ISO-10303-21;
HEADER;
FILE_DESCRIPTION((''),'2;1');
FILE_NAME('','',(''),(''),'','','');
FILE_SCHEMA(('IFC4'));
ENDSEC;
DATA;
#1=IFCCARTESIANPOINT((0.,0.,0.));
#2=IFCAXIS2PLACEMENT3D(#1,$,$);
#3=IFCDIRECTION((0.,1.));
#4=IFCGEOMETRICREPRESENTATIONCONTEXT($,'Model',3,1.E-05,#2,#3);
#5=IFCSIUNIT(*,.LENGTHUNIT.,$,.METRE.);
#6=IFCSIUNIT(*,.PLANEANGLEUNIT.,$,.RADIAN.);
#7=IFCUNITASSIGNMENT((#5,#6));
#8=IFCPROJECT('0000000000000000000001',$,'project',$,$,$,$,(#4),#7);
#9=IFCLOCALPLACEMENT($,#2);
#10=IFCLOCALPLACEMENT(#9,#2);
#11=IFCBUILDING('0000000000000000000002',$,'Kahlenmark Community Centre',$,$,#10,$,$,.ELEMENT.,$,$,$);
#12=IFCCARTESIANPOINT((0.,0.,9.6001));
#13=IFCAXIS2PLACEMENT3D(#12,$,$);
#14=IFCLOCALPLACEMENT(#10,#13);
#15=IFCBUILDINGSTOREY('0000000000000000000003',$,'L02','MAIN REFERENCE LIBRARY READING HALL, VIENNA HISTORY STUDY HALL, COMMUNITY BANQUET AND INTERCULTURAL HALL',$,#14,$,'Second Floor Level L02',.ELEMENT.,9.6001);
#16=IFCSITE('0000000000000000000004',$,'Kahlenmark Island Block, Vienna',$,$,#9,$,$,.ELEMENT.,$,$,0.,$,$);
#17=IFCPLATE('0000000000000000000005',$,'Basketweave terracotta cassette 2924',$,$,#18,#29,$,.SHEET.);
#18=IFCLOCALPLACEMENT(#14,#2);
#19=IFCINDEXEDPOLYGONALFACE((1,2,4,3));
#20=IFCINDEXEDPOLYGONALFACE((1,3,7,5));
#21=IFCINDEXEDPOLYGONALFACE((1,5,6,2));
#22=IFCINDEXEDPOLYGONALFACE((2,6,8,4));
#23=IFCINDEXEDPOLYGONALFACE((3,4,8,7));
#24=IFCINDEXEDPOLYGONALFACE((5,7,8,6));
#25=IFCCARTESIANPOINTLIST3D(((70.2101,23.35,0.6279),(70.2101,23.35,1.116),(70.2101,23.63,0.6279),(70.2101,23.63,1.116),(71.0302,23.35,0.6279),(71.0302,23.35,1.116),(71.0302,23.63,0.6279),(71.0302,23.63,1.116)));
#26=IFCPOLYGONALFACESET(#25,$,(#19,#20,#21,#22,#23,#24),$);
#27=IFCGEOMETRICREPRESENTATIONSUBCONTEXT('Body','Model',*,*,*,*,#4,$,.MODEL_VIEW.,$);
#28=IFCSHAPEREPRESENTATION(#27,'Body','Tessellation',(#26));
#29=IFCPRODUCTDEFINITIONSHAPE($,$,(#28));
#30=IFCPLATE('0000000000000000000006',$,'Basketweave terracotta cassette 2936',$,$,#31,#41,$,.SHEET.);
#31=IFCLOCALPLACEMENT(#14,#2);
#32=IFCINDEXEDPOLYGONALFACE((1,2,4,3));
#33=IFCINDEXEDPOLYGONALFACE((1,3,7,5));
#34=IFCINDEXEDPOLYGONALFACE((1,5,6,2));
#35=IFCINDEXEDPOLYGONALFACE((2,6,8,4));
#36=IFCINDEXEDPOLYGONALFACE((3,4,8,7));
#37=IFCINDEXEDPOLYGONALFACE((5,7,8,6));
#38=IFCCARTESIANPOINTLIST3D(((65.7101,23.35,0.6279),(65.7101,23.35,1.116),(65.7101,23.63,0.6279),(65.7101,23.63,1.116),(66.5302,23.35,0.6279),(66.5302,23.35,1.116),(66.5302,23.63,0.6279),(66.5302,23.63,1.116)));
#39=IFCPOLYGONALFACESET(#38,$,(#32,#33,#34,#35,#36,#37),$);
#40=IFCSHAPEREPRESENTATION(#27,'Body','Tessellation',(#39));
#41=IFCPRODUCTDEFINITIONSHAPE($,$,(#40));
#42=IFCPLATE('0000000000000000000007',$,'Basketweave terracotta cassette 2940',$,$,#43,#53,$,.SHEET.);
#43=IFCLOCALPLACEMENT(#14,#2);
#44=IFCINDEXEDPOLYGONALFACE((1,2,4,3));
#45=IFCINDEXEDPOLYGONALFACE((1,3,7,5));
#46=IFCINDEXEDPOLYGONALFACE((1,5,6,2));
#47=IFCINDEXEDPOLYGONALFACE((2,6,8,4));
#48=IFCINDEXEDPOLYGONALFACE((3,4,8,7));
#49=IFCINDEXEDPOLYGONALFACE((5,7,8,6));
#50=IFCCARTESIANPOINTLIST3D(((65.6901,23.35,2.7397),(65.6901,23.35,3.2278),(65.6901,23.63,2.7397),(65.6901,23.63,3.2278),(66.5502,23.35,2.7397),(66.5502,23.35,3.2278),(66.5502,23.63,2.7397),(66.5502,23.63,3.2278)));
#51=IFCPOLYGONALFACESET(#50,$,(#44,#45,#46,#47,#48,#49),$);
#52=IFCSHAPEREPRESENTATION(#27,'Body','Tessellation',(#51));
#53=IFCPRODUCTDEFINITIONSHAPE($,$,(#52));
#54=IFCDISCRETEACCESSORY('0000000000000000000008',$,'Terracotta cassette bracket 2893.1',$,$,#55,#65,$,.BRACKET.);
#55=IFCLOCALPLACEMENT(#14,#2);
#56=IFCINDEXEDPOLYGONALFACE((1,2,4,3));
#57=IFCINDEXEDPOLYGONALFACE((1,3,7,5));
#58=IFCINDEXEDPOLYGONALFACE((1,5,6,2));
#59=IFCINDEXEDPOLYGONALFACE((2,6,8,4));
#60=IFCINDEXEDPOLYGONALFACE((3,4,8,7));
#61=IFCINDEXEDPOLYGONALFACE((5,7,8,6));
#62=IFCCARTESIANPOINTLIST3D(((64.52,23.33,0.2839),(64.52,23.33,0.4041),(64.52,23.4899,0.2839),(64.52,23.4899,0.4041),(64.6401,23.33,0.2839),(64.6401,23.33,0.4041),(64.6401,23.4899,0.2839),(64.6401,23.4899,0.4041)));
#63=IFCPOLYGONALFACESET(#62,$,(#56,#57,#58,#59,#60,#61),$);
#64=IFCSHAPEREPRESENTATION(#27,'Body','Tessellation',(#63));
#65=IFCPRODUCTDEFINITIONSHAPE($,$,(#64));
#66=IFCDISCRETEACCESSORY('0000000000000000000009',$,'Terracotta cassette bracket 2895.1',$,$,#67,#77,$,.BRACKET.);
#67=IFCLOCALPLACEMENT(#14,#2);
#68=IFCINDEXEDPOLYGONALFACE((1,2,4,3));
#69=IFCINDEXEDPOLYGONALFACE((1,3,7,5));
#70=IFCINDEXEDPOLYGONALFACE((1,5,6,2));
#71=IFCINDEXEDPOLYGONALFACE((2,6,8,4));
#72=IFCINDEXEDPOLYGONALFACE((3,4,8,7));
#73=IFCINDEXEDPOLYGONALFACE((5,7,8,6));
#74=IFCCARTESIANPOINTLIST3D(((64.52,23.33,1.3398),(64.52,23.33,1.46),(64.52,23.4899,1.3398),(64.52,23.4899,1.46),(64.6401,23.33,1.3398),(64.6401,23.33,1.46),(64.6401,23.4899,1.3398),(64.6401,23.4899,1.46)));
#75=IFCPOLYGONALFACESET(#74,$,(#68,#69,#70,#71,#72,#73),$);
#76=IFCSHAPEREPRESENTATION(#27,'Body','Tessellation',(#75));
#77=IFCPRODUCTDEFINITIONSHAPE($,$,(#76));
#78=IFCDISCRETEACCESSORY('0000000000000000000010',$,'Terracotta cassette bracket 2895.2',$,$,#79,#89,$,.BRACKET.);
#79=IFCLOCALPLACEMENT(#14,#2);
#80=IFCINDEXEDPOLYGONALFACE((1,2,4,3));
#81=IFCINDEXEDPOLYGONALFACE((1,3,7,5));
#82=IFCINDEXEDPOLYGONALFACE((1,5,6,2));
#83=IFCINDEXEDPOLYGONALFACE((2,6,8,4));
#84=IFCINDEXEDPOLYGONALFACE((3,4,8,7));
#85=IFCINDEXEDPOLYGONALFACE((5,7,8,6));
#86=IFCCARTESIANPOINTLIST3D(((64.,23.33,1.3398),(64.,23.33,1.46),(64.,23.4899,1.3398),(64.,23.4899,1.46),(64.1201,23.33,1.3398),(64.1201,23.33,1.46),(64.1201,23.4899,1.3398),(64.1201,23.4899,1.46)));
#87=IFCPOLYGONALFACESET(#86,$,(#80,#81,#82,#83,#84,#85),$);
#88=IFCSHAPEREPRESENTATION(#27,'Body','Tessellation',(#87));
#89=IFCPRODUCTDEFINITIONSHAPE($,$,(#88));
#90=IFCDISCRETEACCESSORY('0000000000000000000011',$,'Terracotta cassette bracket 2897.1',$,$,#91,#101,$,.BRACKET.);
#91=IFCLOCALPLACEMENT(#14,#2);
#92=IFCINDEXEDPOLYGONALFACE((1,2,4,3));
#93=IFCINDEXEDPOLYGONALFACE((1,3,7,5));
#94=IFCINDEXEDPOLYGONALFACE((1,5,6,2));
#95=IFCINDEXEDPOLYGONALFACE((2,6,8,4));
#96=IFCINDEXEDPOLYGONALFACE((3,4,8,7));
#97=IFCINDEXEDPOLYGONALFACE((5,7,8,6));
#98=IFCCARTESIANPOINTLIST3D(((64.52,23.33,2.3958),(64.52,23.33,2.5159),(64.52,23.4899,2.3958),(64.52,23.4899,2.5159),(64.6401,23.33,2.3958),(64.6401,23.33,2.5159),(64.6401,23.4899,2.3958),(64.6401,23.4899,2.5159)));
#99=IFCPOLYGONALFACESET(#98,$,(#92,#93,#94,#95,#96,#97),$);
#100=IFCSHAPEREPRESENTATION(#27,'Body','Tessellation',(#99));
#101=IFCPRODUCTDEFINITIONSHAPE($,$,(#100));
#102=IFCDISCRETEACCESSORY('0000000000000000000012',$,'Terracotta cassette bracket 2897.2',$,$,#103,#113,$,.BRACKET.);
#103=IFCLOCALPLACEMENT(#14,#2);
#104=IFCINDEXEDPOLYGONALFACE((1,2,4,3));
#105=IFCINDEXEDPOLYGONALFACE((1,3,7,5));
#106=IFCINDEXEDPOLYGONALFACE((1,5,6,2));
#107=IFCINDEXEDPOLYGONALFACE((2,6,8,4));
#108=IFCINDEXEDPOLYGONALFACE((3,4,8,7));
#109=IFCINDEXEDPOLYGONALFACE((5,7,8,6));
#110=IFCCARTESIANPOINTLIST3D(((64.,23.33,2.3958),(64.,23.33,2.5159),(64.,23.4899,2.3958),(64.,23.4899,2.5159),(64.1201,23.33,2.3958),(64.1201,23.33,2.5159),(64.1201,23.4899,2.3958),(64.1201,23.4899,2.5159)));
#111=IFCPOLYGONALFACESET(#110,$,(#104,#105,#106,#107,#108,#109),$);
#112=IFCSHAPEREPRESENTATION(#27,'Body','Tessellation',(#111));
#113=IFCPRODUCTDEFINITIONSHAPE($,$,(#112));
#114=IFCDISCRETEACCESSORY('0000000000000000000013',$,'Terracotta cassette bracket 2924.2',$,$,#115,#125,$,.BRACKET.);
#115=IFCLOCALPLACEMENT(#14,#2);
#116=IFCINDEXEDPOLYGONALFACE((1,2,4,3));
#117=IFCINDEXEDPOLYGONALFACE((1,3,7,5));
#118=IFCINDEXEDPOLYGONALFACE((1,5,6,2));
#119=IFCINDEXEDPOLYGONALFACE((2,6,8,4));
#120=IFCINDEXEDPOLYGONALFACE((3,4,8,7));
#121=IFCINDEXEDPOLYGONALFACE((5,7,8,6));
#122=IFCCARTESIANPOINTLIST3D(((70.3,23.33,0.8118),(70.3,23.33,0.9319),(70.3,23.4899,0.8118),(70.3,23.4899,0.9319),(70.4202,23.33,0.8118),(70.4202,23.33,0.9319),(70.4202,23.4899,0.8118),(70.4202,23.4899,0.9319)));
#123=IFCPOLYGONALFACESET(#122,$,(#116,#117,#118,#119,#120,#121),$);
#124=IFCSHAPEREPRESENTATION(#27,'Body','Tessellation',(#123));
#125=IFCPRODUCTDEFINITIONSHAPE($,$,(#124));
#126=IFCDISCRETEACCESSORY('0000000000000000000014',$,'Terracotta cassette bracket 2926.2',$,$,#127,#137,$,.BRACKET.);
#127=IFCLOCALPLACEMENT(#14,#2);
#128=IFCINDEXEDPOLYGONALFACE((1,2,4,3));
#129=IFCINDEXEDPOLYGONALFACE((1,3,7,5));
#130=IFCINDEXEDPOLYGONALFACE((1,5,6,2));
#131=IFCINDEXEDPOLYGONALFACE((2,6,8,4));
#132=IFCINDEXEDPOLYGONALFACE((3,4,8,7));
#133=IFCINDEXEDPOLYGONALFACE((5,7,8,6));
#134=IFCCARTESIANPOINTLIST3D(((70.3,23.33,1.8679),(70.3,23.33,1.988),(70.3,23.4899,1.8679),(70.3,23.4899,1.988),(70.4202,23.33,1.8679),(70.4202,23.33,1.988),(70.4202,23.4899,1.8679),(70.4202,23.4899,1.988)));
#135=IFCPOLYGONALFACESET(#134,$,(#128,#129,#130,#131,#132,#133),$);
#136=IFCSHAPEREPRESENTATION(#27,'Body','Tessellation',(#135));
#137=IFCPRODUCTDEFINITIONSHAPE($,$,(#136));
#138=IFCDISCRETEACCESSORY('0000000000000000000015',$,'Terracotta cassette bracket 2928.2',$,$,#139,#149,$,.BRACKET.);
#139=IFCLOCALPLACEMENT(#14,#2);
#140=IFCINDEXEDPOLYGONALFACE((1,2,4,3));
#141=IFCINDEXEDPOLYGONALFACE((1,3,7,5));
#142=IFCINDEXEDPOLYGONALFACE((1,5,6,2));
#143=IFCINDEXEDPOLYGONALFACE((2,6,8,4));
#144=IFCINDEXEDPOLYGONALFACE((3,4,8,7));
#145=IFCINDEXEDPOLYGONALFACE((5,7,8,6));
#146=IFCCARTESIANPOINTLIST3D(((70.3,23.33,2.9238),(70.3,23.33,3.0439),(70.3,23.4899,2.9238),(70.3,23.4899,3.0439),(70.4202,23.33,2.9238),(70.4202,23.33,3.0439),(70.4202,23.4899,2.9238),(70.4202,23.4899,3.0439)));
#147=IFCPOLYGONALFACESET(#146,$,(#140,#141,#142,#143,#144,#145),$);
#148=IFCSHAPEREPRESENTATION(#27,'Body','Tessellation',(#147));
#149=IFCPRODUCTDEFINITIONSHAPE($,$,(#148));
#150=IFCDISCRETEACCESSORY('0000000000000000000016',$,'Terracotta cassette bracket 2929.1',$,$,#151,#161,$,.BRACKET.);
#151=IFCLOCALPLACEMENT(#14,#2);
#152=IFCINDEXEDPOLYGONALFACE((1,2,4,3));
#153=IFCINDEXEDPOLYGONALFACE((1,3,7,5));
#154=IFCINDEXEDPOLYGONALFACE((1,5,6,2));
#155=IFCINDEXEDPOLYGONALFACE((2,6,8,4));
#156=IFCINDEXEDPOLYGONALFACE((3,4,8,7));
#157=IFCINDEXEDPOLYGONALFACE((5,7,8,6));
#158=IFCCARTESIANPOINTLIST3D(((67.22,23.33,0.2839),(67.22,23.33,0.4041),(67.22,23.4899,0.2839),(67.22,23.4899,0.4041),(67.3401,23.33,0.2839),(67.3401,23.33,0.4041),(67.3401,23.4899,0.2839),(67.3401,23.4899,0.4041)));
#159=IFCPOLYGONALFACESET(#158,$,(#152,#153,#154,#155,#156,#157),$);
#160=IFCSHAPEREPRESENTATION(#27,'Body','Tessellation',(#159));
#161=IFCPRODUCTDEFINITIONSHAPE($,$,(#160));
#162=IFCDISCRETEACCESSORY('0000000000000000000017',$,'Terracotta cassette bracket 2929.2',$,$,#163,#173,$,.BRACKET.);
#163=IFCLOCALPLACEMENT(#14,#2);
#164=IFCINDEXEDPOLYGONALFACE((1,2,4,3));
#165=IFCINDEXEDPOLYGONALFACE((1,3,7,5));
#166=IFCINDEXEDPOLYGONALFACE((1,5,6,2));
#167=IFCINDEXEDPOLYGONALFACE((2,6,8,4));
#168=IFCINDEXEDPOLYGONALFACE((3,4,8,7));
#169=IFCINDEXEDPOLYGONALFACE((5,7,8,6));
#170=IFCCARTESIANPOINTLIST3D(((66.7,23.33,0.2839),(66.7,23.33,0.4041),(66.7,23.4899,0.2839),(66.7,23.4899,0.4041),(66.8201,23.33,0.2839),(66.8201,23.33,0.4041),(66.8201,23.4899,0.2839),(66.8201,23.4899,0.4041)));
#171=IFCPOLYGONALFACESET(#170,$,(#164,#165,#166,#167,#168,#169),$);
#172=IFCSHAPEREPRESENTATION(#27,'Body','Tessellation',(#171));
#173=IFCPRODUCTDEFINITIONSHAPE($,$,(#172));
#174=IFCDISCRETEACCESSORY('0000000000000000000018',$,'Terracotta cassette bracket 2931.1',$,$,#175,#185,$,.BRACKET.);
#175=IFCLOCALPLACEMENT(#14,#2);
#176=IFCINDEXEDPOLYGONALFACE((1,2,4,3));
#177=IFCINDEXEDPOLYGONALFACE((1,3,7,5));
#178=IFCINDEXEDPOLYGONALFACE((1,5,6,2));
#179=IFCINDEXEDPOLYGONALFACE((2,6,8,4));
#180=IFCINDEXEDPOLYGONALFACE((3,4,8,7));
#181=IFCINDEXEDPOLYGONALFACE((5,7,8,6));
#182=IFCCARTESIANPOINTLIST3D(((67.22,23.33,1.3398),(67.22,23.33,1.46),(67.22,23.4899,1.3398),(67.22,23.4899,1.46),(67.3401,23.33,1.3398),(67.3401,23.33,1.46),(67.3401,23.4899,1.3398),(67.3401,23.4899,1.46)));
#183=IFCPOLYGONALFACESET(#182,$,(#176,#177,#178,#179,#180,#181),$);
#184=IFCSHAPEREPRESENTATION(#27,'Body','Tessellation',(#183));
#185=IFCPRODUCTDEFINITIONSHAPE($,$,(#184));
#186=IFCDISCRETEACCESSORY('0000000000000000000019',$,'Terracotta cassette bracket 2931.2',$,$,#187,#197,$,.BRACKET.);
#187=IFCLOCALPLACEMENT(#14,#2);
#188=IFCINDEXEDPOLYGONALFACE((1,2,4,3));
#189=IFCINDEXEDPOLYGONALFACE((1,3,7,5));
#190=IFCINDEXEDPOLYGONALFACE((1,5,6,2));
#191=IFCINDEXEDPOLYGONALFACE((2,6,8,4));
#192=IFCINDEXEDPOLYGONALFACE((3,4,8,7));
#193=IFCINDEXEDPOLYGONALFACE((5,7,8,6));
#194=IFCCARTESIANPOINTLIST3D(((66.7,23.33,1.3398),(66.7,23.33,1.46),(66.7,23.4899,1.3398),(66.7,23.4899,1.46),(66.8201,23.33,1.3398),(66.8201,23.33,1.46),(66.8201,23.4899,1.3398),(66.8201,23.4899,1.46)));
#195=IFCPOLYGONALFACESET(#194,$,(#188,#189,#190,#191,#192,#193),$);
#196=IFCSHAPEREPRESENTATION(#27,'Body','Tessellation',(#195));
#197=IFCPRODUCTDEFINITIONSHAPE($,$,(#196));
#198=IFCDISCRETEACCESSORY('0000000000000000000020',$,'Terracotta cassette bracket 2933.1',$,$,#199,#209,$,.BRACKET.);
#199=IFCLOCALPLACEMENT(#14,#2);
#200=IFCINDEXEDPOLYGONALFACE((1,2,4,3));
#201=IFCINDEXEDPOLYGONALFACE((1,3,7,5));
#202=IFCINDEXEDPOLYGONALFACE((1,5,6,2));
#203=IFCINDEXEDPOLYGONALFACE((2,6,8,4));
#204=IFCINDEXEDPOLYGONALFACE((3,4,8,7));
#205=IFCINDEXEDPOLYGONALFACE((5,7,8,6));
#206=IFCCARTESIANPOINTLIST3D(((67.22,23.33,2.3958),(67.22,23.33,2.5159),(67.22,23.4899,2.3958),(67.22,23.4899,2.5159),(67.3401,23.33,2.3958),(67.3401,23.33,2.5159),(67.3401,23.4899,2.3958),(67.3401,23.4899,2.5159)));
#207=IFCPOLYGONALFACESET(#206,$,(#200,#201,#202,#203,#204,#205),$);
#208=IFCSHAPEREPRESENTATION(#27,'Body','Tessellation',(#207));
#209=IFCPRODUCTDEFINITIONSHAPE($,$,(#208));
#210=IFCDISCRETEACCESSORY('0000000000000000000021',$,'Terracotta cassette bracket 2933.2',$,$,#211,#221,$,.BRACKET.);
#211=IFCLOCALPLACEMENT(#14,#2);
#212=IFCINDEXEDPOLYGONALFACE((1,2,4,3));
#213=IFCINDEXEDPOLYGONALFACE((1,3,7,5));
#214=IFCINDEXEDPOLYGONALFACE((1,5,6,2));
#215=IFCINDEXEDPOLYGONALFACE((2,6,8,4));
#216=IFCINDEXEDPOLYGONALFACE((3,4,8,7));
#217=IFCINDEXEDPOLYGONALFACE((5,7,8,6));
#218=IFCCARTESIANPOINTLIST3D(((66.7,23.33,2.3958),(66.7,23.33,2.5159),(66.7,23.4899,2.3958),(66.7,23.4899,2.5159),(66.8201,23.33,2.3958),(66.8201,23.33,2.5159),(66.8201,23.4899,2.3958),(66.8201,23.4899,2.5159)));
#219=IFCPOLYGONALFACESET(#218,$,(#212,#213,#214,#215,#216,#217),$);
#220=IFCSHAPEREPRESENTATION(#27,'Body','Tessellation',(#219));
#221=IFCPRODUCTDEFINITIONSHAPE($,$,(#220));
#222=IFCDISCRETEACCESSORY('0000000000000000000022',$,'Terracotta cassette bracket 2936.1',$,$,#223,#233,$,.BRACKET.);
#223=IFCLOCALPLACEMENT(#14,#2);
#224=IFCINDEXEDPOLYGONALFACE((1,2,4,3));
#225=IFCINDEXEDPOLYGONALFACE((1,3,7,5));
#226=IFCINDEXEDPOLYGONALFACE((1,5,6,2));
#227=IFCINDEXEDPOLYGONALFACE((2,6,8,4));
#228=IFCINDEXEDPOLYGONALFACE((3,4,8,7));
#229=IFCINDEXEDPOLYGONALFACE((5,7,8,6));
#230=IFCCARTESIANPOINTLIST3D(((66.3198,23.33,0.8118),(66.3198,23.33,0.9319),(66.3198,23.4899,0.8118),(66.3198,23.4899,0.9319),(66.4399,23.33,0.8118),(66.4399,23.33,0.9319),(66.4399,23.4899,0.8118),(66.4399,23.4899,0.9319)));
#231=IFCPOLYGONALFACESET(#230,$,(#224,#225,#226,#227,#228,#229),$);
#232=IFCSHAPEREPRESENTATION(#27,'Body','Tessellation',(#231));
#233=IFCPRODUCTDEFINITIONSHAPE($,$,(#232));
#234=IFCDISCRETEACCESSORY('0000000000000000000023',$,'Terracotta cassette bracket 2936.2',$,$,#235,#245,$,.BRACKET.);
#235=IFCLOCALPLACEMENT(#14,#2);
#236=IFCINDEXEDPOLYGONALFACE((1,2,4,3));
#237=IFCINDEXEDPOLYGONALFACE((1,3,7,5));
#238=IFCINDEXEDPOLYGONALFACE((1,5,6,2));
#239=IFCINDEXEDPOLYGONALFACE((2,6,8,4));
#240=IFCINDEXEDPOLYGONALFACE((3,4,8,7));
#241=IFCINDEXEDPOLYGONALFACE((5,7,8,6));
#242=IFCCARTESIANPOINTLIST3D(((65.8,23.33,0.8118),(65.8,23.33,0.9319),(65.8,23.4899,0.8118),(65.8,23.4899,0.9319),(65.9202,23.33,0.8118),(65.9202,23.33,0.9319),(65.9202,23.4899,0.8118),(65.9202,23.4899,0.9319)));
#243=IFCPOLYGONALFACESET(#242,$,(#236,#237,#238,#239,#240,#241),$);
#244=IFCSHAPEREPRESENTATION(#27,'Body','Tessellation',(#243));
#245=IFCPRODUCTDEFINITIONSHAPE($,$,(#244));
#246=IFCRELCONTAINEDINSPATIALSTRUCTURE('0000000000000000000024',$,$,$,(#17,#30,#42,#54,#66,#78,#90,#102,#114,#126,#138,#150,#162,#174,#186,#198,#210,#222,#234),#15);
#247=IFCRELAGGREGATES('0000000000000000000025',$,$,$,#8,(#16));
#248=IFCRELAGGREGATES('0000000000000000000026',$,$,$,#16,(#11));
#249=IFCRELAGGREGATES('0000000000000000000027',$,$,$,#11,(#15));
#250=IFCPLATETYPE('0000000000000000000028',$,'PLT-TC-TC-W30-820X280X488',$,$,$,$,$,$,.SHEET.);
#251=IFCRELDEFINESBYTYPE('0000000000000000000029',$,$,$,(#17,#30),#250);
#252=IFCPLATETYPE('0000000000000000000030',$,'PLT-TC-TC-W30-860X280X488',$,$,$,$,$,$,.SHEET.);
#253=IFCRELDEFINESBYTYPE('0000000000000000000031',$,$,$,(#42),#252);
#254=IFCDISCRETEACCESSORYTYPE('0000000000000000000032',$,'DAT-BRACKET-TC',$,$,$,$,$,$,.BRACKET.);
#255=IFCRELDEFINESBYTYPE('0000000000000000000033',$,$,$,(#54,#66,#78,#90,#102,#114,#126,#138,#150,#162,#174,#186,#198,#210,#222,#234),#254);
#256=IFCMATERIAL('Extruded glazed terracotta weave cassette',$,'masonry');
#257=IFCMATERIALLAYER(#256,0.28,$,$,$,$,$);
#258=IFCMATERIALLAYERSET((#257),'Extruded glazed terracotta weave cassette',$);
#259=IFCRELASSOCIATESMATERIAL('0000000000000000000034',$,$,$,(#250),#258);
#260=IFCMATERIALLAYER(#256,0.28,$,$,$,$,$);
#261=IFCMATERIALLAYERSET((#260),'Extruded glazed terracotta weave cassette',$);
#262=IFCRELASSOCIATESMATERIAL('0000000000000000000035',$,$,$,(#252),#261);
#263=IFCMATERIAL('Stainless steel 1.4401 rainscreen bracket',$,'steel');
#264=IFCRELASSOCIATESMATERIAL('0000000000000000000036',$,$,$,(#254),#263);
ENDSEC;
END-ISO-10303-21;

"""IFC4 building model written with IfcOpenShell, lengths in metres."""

from ifc_helpers import new_model, si_unit, direction, frame, origin, origin_2d, place, context, subcontext, project, spatial, rectangle, extrude, material, layer, layer_set, type_object, element, save


model = new_model("IFC4")

# Units and contexts
model_context = context("Model", 3, precision=1e-05, world=origin(), true_north=direction((0.0, 1.0)))
body_context = subcontext(model_context, "Body", "Model", "MODEL_VIEW")
ifc_project = project(units=[si_unit("LENGTHUNIT", "METRE"), si_unit("PLANEANGLEUNIT", "RADIAN")], contexts=[model_context])

# Site, building, storey
site_placement = place(None, origin())
site = spatial("IfcSite", under=ifc_project, at=site_placement, Name="Kahlenmark Island Block, Vienna", CompositionType="ELEMENT", RefElevation=0.0)
building_placement = place(site_placement, origin())
building = spatial("IfcBuilding", under=site, at=building_placement, Name="Kahlenmark Community Centre", CompositionType="ELEMENT")
storey_placement = place(building_placement, frame((0.0, 0.0, 9.6001)))
storey = spatial("IfcBuildingStorey", under=building, at=storey_placement, Name="L02", Description="MAIN REFERENCE LIBRARY READING HALL, VIENNA HISTORY STUDY HALL, COMMUNITY BANQUET AND INTERCULTURAL HALL", LongName="Second Floor Level L02", CompositionType="ELEMENT", Elevation=9.6001)

# Plates
ifc_material_1 = material(Name="Extruded glazed terracotta weave cassette", Category="masonry")
ifc_layer_1 = layer(ifc_material_1, 0.28)
ifc_layer_set_1 = layer_set([ifc_layer_1], Name="Extruded glazed terracotta weave cassette")
plate_type_1 = type_object("IfcPlateType", Name="PLT-TC-TC-W30-820X280X488", PredefinedType="SHEET", material=ifc_layer_set_1)
for number, where, z_axis, x_axis, name in (
    (1, (70.6201, 23.49, 0.6279), (0.0, 0.0, 1.0), (-1.0, 0.0, 0.0), "Basketweave terracotta cassette 2924"),
    (2, (66.1201, 23.49, 0.6279), (0.0, 0.0, 1.0), (-1.0, 0.0, 0.0), "Basketweave terracotta cassette 2936"),
):
    element("IfcPlate", number, at=place(storey_placement, frame(where, z_axis=z_axis, x_axis=x_axis)), inside=storey, type_object=plate_type_1, Name=name, PredefinedType="SHEET", context=body_context, shape_type="SweptSolid", body=[
        extrude(rectangle(XDim=0.8201, YDim=0.28, at=origin_2d()), origin(), (0.0, 0.0, 1.0), 0.488),
    ])
ifc_layer_2 = layer(ifc_material_1, 0.28)
ifc_layer_set_2 = layer_set([ifc_layer_2], Name="Extruded glazed terracotta weave cassette")
plate_type_2 = type_object("IfcPlateType", Name="PLT-TC-TC-W30-860X280X488", PredefinedType="SHEET", material=ifc_layer_set_2)
plate_1_placement = place(storey_placement, frame((66.1201, 23.49, 2.7397), z_axis=(0.0, 0.0, 1.0), x_axis=(-1.0, 0.0, 0.0)))
element("IfcPlate", 3, at=plate_1_placement, inside=storey, type_object=plate_type_2, Name="Basketweave terracotta cassette 2940", PredefinedType="SHEET", context=body_context, shape_type="SweptSolid", body=[
    extrude(rectangle(XDim=0.8601, YDim=0.28, at=origin_2d()), origin(), (0.0, 0.0, 1.0), 0.488),
])

# Discrete accessories
ifc_material_2 = material(Name="Stainless steel 1.4401 rainscreen bracket", Category="steel")
discrete_accessory_type = type_object("IfcDiscreteAccessoryType", Name="DAT-BRACKET-TC", PredefinedType="BRACKET", material=ifc_material_2)
for number, where, z_axis, x_axis, name in (
    (4, (64.5801, 23.4099, 0.2839), (0.0, 0.0, 1.0), (-1.0, 0.0, 0.0), "Terracotta cassette bracket 2893.1"),
    (5, (64.5801, 23.4099, 1.3398), (0.0, 0.0, 1.0), (-1.0, 0.0, 0.0), "Terracotta cassette bracket 2895.1"),
    (6, (64.0601, 23.4099, 1.3398), (0.0, 0.0, 1.0), (-1.0, 0.0, 0.0), "Terracotta cassette bracket 2895.2"),
    (7, (64.5801, 23.4099, 2.3958), (0.0, 0.0, 1.0), (-1.0, 0.0, 0.0), "Terracotta cassette bracket 2897.1"),
    (8, (64.0601, 23.4099, 2.3958), (0.0, 0.0, 1.0), (-1.0, 0.0, 0.0), "Terracotta cassette bracket 2897.2"),
    (9, (70.3601, 23.4099, 0.8118), (0.0, 0.0, 1.0), (-1.0, 0.0, 0.0), "Terracotta cassette bracket 2924.2"),
    (10, (70.3601, 23.4099, 1.8679), (0.0, 0.0, 1.0), (-1.0, 0.0, 0.0), "Terracotta cassette bracket 2926.2"),
    (11, (70.3601, 23.4099, 2.9238), (0.0, 0.0, 1.0), (-1.0, 0.0, 0.0), "Terracotta cassette bracket 2928.2"),
    (12, (67.28, 23.4099, 0.2839), (0.0, 0.0, 1.0), (-1.0, 0.0, 0.0), "Terracotta cassette bracket 2929.1"),
    (13, (66.76, 23.4099, 0.2839), (0.0, 0.0, 1.0), (-1.0, 0.0, 0.0), "Terracotta cassette bracket 2929.2"),
    (14, (67.28, 23.4099, 1.3398), (0.0, 0.0, 1.0), (-1.0, 0.0, 0.0), "Terracotta cassette bracket 2931.1"),
    (15, (66.76, 23.4099, 1.3398), (0.0, 0.0, 1.0), (-1.0, 0.0, 0.0), "Terracotta cassette bracket 2931.2"),
    (16, (67.28, 23.4099, 2.3958), (0.0, 0.0, 1.0), (-1.0, 0.0, 0.0), "Terracotta cassette bracket 2933.1"),
    (17, (66.76, 23.4099, 2.3958), (0.0, 0.0, 1.0), (-1.0, 0.0, 0.0), "Terracotta cassette bracket 2933.2"),
    (18, (66.3799, 23.4099, 0.8118), (0.0, 0.0, 1.0), (-1.0, 0.0, 0.0), "Terracotta cassette bracket 2936.1"),
    (19, (65.8601, 23.4099, 0.8118), (0.0, 0.0, 1.0), (-1.0, 0.0, 0.0), "Terracotta cassette bracket 2936.2"),
):
    element("IfcDiscreteAccessory", number, at=place(storey_placement, frame(where, z_axis=z_axis, x_axis=x_axis)), inside=storey, type_object=discrete_accessory_type, Name=name, PredefinedType="BRACKET", context=body_context, shape_type="SweptSolid", body=[
        extrude(rectangle(XDim=0.1201, YDim=0.1599, at=origin_2d()), origin(), (0.0, 0.0, 1.0), 0.1201),
    ])

save(model, "model.ifc")
